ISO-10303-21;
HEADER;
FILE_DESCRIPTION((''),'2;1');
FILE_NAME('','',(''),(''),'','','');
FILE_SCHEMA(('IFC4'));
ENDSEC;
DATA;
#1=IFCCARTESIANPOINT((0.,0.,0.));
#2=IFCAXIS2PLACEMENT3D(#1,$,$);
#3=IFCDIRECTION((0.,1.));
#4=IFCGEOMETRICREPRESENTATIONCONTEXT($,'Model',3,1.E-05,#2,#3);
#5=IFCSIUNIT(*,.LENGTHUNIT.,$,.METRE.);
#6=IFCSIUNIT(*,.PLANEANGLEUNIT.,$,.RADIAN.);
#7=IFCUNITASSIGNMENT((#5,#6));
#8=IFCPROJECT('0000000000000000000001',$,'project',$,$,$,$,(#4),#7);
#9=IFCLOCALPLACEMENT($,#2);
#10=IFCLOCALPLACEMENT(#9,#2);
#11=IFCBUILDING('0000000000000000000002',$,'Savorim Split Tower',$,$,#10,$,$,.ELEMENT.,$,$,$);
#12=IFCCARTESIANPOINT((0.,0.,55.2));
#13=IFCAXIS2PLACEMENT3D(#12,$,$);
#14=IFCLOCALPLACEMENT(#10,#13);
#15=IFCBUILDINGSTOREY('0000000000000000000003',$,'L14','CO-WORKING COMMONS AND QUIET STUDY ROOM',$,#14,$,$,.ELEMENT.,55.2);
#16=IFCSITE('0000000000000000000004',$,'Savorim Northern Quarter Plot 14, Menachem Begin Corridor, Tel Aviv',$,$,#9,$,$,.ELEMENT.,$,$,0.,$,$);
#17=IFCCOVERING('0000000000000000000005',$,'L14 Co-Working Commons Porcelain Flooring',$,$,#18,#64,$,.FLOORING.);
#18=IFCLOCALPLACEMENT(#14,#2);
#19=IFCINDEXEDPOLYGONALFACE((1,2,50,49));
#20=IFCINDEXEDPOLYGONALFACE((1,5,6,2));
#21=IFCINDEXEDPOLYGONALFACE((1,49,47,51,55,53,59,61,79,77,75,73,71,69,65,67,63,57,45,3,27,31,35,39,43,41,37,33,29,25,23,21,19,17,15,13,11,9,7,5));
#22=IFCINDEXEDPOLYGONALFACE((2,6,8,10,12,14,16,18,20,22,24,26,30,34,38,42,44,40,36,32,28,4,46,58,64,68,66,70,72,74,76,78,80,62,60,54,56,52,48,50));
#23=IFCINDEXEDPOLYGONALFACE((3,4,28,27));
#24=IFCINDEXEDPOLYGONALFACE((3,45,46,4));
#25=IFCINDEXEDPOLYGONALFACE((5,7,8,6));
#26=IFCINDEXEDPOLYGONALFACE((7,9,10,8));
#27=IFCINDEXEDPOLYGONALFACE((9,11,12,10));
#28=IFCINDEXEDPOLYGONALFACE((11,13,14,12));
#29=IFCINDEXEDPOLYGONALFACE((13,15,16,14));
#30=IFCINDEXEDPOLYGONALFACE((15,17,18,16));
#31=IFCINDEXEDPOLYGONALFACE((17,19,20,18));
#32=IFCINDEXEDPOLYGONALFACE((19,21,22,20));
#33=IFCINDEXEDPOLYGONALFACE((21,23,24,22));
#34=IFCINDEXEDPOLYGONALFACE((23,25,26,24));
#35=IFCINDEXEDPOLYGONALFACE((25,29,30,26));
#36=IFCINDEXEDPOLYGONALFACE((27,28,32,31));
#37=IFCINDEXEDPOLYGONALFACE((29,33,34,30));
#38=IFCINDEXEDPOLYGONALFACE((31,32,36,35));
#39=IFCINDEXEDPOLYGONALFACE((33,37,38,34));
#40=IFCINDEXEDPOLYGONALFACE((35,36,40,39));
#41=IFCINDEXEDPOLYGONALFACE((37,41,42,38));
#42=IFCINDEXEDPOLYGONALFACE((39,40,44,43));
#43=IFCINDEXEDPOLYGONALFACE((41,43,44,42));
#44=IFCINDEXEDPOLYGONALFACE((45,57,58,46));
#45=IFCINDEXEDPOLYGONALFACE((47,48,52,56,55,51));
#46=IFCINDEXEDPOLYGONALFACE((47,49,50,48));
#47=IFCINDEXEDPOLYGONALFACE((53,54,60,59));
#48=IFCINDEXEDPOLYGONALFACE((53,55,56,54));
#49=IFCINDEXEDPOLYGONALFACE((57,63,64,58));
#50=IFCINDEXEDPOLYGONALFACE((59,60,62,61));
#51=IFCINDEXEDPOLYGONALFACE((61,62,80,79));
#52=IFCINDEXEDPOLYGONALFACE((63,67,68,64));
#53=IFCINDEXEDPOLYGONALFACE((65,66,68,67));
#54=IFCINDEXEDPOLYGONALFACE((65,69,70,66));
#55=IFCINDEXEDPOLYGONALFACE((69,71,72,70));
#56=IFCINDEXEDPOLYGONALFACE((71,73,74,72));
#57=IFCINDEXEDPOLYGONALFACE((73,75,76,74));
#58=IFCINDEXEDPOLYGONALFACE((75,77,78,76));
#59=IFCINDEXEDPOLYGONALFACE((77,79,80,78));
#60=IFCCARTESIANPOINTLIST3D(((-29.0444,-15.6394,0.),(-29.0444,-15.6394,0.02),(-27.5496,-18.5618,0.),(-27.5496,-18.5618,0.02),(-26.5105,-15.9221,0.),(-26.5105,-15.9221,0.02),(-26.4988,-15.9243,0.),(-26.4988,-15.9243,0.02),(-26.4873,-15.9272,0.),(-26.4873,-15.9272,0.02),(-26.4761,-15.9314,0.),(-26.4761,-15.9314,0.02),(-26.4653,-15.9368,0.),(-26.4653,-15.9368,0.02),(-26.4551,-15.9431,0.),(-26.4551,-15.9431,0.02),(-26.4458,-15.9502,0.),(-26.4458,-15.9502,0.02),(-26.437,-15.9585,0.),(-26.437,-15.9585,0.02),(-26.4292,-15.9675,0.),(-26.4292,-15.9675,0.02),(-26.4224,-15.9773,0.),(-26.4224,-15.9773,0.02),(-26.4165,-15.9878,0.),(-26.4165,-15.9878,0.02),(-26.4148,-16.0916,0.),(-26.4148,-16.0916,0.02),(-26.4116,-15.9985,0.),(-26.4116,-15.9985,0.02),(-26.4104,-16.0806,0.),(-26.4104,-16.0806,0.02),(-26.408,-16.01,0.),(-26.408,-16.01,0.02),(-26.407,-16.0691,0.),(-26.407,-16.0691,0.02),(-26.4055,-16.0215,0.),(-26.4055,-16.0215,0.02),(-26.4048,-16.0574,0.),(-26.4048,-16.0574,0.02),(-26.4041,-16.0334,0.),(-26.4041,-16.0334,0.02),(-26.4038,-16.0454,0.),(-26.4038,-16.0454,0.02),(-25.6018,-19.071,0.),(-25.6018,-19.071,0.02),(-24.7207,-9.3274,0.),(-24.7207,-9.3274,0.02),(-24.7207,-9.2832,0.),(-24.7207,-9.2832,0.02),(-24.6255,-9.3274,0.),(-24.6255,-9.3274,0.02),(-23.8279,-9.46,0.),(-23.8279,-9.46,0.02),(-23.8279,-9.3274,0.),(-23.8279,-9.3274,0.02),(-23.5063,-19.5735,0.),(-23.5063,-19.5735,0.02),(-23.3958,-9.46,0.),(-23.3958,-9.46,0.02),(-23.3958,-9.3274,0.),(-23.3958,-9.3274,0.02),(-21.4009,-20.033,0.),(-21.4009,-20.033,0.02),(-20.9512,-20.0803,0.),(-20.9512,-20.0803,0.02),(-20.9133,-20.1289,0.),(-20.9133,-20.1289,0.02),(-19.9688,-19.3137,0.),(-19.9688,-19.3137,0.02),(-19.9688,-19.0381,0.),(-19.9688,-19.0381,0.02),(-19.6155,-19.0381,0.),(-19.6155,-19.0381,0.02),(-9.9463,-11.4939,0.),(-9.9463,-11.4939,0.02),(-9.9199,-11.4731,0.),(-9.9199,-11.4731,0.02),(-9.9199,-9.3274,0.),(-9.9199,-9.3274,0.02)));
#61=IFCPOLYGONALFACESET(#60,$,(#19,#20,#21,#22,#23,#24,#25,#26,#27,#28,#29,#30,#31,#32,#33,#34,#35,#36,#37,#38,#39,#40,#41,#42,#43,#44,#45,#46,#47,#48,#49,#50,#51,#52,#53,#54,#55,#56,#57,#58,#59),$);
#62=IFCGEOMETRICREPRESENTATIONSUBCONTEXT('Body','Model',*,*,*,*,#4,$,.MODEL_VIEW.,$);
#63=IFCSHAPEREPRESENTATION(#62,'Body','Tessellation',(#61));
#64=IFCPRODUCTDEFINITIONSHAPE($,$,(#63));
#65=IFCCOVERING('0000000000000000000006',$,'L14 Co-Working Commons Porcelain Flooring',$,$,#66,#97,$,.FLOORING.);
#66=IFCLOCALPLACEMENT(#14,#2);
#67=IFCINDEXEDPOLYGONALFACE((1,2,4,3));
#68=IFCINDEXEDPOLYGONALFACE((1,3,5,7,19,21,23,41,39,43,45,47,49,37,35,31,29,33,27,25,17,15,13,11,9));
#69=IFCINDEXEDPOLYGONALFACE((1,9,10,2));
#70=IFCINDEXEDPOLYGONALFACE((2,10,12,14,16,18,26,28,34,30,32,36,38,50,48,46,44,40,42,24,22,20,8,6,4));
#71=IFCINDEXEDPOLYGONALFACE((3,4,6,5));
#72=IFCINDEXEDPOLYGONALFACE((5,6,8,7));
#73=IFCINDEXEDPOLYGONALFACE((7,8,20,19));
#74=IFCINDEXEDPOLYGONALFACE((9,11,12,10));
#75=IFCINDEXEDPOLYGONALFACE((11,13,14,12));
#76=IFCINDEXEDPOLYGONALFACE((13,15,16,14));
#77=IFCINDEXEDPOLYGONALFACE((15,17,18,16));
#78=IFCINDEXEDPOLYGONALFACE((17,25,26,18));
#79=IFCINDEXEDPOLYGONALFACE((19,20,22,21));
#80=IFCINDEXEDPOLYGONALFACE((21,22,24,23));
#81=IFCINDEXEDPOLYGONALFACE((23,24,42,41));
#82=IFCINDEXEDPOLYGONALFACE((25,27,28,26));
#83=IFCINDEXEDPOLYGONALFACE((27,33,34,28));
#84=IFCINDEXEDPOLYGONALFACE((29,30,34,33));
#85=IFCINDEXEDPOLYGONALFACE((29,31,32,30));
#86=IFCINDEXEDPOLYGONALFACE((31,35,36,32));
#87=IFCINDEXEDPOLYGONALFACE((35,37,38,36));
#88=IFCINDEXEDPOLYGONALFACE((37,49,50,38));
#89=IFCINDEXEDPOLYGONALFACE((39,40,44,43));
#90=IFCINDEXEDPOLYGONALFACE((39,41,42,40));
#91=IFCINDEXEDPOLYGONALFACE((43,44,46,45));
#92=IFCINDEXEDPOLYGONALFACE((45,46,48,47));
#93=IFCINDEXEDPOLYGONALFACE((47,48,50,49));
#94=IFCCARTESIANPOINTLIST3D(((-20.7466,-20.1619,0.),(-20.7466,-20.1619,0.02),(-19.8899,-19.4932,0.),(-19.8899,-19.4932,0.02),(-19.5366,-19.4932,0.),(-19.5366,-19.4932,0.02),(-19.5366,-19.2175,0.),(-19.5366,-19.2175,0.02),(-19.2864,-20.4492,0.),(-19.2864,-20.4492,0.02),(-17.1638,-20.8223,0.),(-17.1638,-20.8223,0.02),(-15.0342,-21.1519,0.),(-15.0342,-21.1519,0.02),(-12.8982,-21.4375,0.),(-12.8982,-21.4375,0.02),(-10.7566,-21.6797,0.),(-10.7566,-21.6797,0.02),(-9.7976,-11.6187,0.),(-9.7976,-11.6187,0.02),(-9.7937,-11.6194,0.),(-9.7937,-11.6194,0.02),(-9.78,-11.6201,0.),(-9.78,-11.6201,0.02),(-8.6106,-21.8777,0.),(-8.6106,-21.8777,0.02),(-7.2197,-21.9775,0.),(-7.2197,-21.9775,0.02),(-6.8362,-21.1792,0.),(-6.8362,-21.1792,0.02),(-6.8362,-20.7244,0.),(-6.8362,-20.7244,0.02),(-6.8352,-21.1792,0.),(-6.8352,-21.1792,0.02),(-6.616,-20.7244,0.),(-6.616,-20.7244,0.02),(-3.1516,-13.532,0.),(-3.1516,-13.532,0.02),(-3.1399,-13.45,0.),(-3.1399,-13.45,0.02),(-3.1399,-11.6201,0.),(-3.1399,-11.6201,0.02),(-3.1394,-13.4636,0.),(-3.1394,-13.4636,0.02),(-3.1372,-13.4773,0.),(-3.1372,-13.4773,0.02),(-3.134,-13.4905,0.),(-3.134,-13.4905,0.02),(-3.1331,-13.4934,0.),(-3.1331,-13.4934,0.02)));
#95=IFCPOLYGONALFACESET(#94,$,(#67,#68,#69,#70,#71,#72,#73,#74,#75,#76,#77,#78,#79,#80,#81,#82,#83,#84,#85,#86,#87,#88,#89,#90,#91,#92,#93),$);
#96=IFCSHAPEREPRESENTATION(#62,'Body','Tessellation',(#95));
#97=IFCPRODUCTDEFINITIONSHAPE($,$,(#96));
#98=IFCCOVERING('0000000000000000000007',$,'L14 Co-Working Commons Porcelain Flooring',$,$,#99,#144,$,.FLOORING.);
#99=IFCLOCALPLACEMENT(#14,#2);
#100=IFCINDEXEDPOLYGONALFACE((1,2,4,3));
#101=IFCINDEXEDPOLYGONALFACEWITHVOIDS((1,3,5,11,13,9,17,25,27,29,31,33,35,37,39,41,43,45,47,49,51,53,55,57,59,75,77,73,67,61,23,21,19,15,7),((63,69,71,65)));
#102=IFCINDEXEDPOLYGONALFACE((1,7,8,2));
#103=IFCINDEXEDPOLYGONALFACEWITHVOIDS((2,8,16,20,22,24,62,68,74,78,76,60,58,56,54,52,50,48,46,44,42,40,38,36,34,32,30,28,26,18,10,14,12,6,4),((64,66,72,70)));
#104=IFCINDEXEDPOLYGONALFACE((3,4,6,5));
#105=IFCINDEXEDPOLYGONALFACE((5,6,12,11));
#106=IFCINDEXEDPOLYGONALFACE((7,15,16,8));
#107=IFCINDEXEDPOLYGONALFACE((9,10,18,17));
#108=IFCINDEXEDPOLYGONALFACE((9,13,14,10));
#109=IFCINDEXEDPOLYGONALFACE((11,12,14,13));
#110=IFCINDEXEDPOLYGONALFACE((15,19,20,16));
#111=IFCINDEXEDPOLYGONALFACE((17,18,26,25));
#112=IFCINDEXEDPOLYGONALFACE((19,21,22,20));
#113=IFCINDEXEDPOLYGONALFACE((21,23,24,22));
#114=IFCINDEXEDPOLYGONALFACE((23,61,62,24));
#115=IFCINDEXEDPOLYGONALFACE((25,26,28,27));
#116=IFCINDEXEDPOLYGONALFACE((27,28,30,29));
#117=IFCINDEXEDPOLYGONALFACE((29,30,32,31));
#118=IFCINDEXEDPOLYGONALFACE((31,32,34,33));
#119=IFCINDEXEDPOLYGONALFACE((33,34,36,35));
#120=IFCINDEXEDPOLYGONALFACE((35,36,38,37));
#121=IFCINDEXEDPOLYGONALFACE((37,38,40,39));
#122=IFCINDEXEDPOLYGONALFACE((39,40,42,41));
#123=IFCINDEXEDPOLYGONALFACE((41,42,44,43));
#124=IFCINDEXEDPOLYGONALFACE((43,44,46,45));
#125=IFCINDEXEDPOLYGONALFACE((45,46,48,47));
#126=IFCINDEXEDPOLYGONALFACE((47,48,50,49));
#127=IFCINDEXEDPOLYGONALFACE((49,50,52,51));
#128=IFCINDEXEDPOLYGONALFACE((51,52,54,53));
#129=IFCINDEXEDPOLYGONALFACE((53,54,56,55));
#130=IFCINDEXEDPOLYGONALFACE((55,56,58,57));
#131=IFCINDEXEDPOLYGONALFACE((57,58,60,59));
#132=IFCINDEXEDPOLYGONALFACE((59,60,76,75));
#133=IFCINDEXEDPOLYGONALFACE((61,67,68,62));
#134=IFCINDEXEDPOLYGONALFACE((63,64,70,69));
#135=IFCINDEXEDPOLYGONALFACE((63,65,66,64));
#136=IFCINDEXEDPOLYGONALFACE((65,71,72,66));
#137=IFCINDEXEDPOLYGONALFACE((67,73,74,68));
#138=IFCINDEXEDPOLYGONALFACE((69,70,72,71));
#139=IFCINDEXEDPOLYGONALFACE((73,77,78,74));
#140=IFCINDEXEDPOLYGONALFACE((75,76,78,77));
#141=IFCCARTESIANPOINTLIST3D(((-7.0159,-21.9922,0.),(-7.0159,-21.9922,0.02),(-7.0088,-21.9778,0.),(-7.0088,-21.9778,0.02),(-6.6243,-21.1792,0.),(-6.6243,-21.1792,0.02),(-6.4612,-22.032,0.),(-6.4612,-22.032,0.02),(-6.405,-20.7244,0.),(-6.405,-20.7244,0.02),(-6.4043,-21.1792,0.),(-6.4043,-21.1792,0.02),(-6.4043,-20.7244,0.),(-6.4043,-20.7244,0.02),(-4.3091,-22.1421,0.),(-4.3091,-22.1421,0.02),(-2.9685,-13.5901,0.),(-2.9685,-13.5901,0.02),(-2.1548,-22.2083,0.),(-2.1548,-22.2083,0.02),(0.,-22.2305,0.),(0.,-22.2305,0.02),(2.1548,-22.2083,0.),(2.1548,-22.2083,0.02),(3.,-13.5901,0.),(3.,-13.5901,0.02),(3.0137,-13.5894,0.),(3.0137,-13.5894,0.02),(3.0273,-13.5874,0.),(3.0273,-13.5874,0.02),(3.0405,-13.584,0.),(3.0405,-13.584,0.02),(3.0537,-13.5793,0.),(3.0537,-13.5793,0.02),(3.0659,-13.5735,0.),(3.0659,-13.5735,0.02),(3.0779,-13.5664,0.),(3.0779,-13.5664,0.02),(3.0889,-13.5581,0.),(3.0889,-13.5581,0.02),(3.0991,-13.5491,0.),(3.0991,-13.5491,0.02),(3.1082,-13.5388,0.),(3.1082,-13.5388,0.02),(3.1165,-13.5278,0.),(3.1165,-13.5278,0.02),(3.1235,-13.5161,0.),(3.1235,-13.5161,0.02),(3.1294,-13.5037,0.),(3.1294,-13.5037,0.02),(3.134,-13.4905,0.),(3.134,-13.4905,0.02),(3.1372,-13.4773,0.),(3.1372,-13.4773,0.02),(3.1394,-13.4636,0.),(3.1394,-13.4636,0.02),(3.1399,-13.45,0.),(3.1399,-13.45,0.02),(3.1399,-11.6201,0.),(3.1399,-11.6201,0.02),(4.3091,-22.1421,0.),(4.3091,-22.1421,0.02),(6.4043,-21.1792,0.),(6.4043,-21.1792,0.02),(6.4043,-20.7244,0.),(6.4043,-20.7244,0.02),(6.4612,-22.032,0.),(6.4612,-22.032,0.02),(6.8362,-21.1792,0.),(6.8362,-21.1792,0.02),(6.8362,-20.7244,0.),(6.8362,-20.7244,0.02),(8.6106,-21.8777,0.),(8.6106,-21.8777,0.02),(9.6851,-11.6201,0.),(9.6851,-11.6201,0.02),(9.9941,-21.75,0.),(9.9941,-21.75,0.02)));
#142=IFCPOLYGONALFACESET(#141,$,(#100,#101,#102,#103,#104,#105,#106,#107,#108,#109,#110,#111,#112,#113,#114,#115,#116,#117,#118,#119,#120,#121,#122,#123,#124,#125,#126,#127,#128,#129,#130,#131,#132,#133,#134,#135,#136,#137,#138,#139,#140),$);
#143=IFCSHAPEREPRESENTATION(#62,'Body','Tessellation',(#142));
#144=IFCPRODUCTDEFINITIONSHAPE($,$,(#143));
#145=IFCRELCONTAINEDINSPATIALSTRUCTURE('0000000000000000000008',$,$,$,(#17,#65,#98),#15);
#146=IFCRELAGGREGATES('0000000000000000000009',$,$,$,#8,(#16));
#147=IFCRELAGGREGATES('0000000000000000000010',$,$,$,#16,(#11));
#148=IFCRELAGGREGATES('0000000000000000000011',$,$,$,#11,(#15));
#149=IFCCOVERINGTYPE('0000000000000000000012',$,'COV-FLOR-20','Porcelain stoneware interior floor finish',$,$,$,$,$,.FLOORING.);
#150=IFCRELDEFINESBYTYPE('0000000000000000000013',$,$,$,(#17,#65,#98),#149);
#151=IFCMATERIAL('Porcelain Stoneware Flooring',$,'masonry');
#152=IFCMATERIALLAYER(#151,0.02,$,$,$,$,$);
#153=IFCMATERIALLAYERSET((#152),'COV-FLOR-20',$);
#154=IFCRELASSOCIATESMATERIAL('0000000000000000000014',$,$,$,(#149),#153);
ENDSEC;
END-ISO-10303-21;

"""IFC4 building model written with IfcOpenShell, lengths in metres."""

from ifc_helpers import new_model, si_unit, direction, frame, origin, place, context, subcontext, project, spatial, polyline, outline, extrude, material, layer, layer_set, type_object, element, save


model = new_model("IFC4")

# Units and contexts
model_context = context("Model", 3, precision=1e-05, world=origin(), true_north=direction((0.0, 1.0)))
body_context = subcontext(model_context, "Body", "Model", "MODEL_VIEW")
ifc_project = project(units=[si_unit("LENGTHUNIT", "METRE"), si_unit("PLANEANGLEUNIT", "RADIAN")], contexts=[model_context])

# Site, building, storey
site_placement = place(None, origin())
site = spatial("IfcSite", under=ifc_project, at=site_placement, Name="Savorim Northern Quarter Plot 14, Menachem Begin Corridor, Tel Aviv", CompositionType="ELEMENT", RefElevation=0.0)
building_placement = place(site_placement, origin())
building = spatial("IfcBuilding", under=site, at=building_placement, Name="Savorim Split Tower", CompositionType="ELEMENT")
storey_placement = place(building_placement, frame((0.0, 0.0, 55.2)))
storey = spatial("IfcBuildingStorey", under=building, at=storey_placement, Name="L14", Description="CO-WORKING COMMONS AND QUIET STUDY ROOM", CompositionType="ELEMENT", Elevation=55.2)

# Coverings
ifc_material_1 = material(Name="Porcelain Stoneware Flooring", Category="masonry")
ifc_layer_1 = layer(ifc_material_1, 0.02)
ifc_layer_set_1 = layer_set([ifc_layer_1], Name="COV-FLOR-20")
covering_type_1 = type_object("IfcCoveringType", Name="COV-FLOR-20", Description="Porcelain stoneware interior floor finish", PredefinedType="FLOORING", material=ifc_layer_set_1)
covering_1_placement = place(storey_placement, origin())
element("IfcCovering", 1, at=covering_1_placement, inside=storey, type_object=covering_type_1, Name="L14 Co-Working Commons Porcelain Flooring", PredefinedType="FLOORING", context=body_context, shape_type="SweptSolid", body=[
    extrude(outline(polyline([(-26.4038, -16.0454), (-26.4048, -16.0574), (-26.407, -16.0691), (-26.4104, -16.0806), (-26.4148, -16.0916), (-27.5496, -18.5618), (-25.6018, -19.071), (-23.5063, -19.5735), (-21.4009, -20.033), (-20.9133, -20.1289), (-20.9512, -20.0803), (-19.9688, -19.3137), (-19.9688, -19.0381), (-19.6155, -19.0381), (-9.9463, -11.4939), (-9.9199, -11.4731), (-9.9199, -9.3274), (-23.3958, -9.3274), (-23.3958, -9.46), (-23.8279, -9.46), (-23.8279, -9.3274), (-24.6255, -9.3274), (-24.7207, -9.3274), (-24.7207, -9.2832), (-29.0444, -15.6394), (-26.5105, -15.9221), (-26.4988, -15.9243), (-26.4873, -15.9272), (-26.4761, -15.9314), (-26.4653, -15.9368), (-26.4551, -15.9431), (-26.4458, -15.9502), (-26.437, -15.9585), (-26.4292, -15.9675), (-26.4224, -15.9773), (-26.4165, -15.9878), (-26.4116, -15.9985), (-26.408, -16.01), (-26.4055, -16.0215), (-26.4041, -16.0334), (-26.4038, -16.0454)])), origin(), (0.0, 0.0, 1.0), 0.02),
])
covering_2_placement = place(storey_placement, origin())
element("IfcCovering", 2, at=covering_2_placement, inside=storey, type_object=covering_type_1, Name="L14 Co-Working Commons Porcelain Flooring", PredefinedType="FLOORING", context=body_context, shape_type="SweptSolid", body=[
    extrude(outline(polyline([(-15.0342, -21.1519), (-12.8982, -21.4375), (-10.7566, -21.6797), (-8.6106, -21.8777), (-7.2197, -21.9775), (-6.8352, -21.1792), (-6.8362, -21.1792), (-6.8362, -20.7244), (-6.616, -20.7244), (-3.1516, -13.532), (-3.1331, -13.4934), (-3.134, -13.4905), (-3.1372, -13.4773), (-3.1394, -13.4636), (-3.1399, -13.45), (-3.1399, -11.6201), (-9.78, -11.6201), (-9.7937, -11.6194), (-9.7976, -11.6187), (-19.5366, -19.2175), (-19.5366, -19.4932), (-19.8899, -19.4932), (-20.7466, -20.1619), (-19.2864, -20.4492), (-17.1638, -20.8223), (-15.0342, -21.1519)])), origin(), (0.0, 0.0, 1.0), 0.02),
])
covering_3_placement = place(storey_placement, origin())
element("IfcCovering", 3, at=covering_3_placement, inside=storey, type_object=covering_type_1, Name="L14 Co-Working Commons Porcelain Flooring", PredefinedType="FLOORING", context=body_context, shape_type="SweptSolid", body=[
    extrude(outline(polyline([(4.3091, -22.1421), (6.4612, -22.032), (8.6106, -21.8777), (9.9941, -21.75), (9.6851, -11.6201), (3.1399, -11.6201), (3.1399, -13.45), (3.1394, -13.4636), (3.1372, -13.4773), (3.134, -13.4905), (3.1294, -13.5037), (3.1235, -13.5161), (3.1165, -13.5278), (3.1082, -13.5388), (3.0991, -13.5491), (3.0889, -13.5581), (3.0779, -13.5664), (3.0659, -13.5735), (3.0537, -13.5793), (3.0405, -13.584), (3.0273, -13.5874), (3.0137, -13.5894), (3.0, -13.5901), (-2.9685, -13.5901), (-6.405, -20.7244), (-6.4043, -20.7244), (-6.4043, -21.1792), (-6.6243, -21.1792), (-7.0088, -21.9778), (-7.0159, -21.9922), (-6.4612, -22.032), (-4.3091, -22.1421), (-2.1548, -22.2083), (0.0, -22.2305), (2.1548, -22.2083), (4.3091, -22.1421)]), holes=[polyline([(6.4043, -21.1792), (6.8362, -21.1792), (6.8362, -20.7244), (6.4043, -20.7244), (6.4043, -21.1792)])]), origin(), (0.0, 0.0, 1.0), 0.02),
])

save(model, "model.ifc")
